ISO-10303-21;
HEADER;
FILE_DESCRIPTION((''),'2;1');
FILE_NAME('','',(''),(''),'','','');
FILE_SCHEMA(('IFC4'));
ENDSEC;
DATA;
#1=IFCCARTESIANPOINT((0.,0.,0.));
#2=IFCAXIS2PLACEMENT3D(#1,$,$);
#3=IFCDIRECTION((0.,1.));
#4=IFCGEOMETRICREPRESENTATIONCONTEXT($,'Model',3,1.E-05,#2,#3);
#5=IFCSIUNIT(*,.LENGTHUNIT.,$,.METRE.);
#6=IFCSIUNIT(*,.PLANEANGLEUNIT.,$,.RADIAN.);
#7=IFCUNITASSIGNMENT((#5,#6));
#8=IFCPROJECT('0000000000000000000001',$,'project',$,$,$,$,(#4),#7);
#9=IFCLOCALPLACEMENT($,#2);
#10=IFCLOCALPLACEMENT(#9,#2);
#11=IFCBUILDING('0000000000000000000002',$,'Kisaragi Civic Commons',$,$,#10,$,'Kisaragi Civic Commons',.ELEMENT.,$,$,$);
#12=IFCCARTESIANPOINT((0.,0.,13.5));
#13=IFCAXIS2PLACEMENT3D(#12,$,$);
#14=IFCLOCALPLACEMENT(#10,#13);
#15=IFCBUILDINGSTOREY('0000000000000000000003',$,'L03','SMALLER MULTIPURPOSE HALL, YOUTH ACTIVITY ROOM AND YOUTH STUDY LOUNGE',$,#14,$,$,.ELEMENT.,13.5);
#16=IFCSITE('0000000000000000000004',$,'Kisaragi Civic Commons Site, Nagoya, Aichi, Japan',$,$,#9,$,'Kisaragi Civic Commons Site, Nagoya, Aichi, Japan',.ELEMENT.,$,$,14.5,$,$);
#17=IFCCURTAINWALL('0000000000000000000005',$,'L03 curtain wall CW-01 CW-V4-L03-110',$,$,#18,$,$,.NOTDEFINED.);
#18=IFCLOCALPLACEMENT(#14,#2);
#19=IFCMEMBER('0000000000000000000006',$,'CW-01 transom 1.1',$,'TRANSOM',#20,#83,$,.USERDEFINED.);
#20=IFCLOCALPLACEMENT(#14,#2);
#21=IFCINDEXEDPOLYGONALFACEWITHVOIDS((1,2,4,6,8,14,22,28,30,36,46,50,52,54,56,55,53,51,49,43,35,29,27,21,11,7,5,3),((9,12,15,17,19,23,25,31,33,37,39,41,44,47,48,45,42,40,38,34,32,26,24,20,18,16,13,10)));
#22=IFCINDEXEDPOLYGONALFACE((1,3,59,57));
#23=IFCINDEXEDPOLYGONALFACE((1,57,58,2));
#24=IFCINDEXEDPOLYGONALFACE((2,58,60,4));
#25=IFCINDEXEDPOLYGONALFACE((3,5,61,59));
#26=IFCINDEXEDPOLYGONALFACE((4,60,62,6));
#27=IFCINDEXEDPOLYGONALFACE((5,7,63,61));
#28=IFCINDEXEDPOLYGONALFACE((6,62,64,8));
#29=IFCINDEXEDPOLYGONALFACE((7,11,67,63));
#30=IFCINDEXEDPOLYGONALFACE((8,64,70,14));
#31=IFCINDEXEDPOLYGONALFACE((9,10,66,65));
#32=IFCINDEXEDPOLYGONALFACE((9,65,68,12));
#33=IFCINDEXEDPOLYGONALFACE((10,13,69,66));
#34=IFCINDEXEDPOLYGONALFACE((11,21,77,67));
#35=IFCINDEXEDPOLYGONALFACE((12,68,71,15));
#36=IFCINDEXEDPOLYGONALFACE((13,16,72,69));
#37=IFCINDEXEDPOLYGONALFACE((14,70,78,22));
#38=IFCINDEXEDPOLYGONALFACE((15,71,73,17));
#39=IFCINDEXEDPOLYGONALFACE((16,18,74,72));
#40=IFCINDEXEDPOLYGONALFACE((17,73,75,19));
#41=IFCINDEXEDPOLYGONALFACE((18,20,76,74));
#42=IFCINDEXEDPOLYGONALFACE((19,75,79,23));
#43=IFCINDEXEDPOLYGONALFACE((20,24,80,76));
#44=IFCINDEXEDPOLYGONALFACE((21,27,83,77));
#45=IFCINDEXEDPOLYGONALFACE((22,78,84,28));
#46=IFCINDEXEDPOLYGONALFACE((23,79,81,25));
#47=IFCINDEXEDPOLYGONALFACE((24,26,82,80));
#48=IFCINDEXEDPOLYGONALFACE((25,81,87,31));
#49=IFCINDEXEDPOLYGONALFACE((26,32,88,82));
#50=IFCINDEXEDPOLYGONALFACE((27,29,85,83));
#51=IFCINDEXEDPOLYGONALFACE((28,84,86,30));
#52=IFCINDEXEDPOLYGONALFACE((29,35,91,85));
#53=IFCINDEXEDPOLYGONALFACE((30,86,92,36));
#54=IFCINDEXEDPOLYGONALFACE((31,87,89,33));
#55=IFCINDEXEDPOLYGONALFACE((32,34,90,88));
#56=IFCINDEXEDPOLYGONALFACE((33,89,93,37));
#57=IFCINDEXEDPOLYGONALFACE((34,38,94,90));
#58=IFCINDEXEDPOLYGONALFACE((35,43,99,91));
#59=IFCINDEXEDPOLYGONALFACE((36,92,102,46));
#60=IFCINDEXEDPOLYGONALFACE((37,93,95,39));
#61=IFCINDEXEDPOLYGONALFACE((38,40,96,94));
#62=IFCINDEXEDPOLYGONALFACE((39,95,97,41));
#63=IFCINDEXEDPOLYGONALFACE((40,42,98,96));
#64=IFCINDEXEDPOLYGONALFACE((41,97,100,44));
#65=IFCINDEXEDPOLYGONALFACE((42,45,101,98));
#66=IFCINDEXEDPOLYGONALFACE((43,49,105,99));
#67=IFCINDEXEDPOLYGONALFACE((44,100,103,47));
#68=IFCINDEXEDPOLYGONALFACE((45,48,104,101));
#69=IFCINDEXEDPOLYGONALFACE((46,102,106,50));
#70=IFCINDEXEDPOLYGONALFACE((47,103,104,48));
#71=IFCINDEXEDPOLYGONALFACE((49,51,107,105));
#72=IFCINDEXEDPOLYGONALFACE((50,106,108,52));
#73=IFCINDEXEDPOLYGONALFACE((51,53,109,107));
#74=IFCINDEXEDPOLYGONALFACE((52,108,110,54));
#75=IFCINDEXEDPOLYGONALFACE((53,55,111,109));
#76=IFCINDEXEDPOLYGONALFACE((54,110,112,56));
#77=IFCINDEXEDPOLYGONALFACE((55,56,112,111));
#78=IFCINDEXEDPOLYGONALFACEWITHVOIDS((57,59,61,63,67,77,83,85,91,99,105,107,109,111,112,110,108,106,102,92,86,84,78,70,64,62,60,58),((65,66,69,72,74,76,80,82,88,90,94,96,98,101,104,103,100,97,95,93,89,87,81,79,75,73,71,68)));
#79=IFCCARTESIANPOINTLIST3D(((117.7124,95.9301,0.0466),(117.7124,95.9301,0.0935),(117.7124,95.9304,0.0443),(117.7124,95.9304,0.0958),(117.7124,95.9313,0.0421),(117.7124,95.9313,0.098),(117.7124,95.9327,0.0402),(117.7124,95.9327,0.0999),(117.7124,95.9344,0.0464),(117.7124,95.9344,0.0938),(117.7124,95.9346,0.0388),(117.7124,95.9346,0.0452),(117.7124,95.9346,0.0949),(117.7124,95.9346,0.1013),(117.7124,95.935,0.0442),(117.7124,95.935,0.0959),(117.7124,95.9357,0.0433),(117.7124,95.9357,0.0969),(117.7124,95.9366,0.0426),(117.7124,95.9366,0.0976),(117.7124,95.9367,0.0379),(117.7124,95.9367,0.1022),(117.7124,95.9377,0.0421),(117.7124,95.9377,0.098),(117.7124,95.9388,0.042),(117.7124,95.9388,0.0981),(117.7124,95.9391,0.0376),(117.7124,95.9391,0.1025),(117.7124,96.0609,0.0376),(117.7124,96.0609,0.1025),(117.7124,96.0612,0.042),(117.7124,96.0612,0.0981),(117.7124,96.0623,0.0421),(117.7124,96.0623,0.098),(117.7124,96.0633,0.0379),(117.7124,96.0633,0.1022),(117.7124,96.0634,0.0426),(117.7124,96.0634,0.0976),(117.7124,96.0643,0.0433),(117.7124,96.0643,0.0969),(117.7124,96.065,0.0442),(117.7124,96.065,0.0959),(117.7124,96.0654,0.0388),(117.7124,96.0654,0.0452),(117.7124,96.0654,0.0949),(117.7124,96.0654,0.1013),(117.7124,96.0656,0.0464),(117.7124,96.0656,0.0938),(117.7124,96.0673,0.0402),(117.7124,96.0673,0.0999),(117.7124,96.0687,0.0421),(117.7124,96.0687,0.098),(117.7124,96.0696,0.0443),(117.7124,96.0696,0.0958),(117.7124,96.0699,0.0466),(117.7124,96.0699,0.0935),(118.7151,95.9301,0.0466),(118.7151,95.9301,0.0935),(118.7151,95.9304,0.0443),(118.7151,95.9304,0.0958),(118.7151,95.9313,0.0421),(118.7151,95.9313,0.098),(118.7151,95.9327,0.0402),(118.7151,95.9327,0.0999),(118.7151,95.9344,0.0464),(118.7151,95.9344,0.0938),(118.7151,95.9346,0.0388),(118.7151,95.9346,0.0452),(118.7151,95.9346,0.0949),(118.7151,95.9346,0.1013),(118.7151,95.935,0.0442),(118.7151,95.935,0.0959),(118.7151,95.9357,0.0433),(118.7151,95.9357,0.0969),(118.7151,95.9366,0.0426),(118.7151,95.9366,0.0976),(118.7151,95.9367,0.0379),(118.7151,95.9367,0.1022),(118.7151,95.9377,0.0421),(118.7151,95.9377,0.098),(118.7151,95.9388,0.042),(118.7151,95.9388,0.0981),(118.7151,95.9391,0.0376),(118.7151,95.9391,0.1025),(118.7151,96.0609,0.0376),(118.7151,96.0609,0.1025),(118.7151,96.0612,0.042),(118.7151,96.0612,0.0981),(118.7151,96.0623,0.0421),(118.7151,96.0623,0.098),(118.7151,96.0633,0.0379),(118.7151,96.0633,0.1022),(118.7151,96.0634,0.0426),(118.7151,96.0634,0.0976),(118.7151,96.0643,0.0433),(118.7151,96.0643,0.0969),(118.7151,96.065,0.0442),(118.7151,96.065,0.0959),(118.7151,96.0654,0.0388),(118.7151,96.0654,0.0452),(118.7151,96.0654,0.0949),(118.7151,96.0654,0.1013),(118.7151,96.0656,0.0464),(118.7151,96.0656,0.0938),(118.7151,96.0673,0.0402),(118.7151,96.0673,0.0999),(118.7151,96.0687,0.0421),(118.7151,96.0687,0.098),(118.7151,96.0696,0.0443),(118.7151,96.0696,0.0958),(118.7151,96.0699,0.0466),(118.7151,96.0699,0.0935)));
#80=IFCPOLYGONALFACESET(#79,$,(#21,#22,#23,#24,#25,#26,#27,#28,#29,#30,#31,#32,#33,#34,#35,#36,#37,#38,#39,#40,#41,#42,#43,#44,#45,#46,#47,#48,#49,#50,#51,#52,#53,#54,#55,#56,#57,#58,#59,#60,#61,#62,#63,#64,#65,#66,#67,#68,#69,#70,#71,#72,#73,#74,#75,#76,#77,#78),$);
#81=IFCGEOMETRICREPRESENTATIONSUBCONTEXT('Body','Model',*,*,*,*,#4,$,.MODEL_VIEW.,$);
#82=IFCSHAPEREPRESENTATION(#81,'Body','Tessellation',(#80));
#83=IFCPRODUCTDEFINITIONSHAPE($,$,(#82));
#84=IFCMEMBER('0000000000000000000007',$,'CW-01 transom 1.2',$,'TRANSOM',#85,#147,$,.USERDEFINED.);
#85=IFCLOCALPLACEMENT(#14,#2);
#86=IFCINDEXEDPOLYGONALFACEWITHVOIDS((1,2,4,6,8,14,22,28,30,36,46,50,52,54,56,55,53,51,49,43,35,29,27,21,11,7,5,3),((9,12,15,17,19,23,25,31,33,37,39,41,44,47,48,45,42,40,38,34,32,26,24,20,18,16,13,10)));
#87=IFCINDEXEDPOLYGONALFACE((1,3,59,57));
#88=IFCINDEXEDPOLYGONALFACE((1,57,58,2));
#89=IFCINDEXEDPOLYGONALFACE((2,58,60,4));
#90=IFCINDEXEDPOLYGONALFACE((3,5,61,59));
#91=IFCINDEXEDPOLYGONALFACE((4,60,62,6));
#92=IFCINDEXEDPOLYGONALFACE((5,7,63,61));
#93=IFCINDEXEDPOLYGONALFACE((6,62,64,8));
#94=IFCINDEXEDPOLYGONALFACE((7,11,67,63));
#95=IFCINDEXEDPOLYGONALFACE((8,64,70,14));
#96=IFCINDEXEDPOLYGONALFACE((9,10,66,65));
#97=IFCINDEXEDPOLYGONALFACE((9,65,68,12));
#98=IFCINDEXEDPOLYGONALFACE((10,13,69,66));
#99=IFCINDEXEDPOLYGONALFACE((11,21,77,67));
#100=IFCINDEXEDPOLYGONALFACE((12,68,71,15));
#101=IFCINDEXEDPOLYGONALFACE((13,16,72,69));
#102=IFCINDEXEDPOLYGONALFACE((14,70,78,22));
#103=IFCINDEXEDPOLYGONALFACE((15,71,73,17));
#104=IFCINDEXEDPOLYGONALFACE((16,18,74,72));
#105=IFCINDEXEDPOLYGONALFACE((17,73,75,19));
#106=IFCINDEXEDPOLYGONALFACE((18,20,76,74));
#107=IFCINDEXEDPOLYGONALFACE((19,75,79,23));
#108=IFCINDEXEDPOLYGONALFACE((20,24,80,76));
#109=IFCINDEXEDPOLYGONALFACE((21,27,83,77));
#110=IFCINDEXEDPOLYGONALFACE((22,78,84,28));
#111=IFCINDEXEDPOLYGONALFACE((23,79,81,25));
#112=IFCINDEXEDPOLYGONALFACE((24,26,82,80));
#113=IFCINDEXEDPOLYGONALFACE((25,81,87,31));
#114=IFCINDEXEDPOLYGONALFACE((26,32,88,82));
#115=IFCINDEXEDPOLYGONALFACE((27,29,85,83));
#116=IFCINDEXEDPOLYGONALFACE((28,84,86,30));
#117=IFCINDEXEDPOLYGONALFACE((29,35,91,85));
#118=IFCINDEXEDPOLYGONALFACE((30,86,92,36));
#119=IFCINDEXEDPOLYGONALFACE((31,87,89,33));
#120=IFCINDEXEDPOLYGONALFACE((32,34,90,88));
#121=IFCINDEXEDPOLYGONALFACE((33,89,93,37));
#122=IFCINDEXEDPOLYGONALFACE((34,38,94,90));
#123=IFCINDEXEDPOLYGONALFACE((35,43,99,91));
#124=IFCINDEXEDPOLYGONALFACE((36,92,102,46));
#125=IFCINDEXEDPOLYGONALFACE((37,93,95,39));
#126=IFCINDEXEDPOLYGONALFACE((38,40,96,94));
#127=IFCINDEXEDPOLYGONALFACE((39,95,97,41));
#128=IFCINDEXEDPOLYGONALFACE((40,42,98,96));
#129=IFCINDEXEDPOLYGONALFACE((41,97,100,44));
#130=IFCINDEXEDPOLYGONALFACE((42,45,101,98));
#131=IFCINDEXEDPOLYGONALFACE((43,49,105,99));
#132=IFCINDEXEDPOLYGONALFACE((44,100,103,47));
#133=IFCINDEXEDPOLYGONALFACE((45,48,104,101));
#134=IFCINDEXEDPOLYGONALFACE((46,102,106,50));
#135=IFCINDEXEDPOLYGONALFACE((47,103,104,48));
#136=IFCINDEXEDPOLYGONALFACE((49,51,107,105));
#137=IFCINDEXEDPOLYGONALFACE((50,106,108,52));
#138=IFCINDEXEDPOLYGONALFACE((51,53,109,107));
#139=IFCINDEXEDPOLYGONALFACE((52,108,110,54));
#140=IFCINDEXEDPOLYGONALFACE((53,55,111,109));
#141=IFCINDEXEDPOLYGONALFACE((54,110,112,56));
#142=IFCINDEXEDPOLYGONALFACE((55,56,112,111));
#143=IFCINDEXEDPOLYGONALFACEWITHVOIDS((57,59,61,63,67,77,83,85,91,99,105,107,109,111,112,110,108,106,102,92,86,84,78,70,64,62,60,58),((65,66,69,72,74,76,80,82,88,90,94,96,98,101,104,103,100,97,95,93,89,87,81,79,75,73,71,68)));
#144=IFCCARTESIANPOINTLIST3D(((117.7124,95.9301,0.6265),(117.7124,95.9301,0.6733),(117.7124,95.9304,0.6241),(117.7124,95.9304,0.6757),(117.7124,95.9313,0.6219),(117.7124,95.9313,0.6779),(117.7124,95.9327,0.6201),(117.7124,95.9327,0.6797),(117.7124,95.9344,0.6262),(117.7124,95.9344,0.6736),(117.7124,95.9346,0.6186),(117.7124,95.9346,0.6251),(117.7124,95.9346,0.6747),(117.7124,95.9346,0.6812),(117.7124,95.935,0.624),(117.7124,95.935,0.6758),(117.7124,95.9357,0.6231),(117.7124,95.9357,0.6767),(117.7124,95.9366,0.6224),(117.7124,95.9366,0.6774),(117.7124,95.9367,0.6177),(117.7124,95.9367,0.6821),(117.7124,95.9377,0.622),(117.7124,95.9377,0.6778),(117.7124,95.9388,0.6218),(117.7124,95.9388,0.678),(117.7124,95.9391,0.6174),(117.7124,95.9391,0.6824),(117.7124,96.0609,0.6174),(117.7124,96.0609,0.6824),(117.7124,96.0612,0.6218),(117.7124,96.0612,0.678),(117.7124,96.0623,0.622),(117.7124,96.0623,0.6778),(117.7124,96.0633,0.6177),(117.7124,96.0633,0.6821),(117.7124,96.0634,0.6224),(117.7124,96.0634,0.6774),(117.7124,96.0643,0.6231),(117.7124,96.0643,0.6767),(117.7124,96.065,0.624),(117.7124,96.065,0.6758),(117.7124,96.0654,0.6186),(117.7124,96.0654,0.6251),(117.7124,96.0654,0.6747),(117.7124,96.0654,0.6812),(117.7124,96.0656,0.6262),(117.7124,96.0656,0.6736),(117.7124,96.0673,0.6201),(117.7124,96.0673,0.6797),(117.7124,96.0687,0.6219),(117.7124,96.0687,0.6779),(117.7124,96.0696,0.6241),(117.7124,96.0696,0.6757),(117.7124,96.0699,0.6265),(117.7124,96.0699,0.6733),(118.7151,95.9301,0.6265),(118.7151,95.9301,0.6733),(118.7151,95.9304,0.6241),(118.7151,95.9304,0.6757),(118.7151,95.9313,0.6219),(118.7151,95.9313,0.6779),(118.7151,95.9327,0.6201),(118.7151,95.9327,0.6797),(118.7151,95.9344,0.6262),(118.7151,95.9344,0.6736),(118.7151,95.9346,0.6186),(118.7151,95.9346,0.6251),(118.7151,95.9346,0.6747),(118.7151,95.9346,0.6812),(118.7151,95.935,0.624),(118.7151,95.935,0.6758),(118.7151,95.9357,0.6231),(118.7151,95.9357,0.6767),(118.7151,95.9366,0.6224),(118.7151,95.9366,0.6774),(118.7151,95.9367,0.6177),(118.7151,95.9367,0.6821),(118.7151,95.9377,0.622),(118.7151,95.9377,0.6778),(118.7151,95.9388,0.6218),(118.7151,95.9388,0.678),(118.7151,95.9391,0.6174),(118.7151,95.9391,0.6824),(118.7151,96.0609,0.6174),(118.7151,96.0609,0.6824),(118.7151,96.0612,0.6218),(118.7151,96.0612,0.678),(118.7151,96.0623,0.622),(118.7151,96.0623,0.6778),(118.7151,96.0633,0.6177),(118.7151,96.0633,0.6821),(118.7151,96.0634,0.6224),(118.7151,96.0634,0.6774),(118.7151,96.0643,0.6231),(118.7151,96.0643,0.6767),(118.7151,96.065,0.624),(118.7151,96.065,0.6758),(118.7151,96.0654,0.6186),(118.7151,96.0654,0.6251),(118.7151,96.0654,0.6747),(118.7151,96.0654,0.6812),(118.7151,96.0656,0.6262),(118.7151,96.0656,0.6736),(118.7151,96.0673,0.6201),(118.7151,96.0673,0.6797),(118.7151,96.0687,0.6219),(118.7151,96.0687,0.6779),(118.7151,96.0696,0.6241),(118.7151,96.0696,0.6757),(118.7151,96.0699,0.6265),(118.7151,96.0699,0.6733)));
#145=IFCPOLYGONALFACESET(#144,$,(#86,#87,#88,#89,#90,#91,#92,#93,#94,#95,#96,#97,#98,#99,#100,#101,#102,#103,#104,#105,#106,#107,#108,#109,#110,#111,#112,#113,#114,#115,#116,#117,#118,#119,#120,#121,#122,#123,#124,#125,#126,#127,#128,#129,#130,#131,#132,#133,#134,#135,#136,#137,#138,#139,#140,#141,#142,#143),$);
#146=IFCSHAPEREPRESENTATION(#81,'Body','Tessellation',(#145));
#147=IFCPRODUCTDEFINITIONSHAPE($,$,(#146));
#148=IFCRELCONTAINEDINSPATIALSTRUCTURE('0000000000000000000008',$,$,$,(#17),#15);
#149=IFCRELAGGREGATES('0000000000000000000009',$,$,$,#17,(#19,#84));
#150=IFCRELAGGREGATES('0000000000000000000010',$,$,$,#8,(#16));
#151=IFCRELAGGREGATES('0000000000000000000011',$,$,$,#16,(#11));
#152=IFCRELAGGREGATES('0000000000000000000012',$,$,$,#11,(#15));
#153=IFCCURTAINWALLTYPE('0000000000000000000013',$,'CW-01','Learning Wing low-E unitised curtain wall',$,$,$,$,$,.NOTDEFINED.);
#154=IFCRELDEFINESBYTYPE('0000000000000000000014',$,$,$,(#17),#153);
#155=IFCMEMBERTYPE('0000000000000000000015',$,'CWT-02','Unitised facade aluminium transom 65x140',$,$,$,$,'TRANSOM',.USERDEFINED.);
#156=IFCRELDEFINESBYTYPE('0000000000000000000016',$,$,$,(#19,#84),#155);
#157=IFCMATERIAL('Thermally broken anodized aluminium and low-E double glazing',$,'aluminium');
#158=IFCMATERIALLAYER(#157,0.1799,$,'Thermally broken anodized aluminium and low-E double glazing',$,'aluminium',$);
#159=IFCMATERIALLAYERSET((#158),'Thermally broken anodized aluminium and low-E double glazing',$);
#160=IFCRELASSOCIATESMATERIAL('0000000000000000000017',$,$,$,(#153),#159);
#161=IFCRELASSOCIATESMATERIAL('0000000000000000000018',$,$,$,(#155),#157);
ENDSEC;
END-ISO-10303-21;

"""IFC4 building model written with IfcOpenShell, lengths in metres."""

from ifc_helpers import new_model, si_unit, direction, frame, origin, origin_2d, place, context, subcontext, project, spatial, hollow_rectangle, extrude, material, layer, layer_set, material_profile, profile_set, type_object, element, aggregate, save


model = new_model("IFC4")

# Units and contexts
model_context = context("Model", 3, precision=1e-05, world=origin(), true_north=direction((0.0, 1.0)))
body_context = subcontext(model_context, "Body", "Model", "MODEL_VIEW")
ifc_project = project(units=[si_unit("LENGTHUNIT", "METRE"), si_unit("PLANEANGLEUNIT", "RADIAN")], contexts=[model_context])

# Site, building, storey
site_placement = place(None, origin())
site = spatial("IfcSite", under=ifc_project, at=site_placement, Name="Kisaragi Civic Commons Site, Nagoya, Aichi, Japan", LongName="Kisaragi Civic Commons Site, Nagoya, Aichi, Japan", CompositionType="ELEMENT", RefElevation=14.5)
building_placement = place(site_placement, origin())
building = spatial("IfcBuilding", under=site, at=building_placement, Name="Kisaragi Civic Commons", LongName="Kisaragi Civic Commons", CompositionType="ELEMENT")
storey_placement = place(building_placement, frame((0.0, 0.0, 13.5)))
storey = spatial("IfcBuildingStorey", under=building, at=storey_placement, Name="L03", Description="SMALLER MULTIPURPOSE HALL, YOUTH ACTIVITY ROOM AND YOUTH STUDY LOUNGE", CompositionType="ELEMENT", Elevation=13.5)

# Curtain wall
ifc_material = material(Name="Thermally broken anodized aluminium and low-E double glazing", Category="aluminium")
ifc_layer_1 = layer(ifc_material, 0.1799, Name="Thermally broken anodized aluminium and low-E double glazing", Category="aluminium")
ifc_layer_set_1 = layer_set([ifc_layer_1], Name="Thermally broken anodized aluminium and low-E double glazing")
curtain_wall_type = type_object("IfcCurtainWallType", Name="CW-01", Description="Learning Wing low-E unitised curtain wall", PredefinedType="NOTDEFINED", material=ifc_layer_set_1)
curtain_wall_1_placement = place(storey_placement, origin())
curtain_wall_1 = element("IfcCurtainWall", 1, at=curtain_wall_1_placement, inside=storey, type_object=curtain_wall_type, Name="L03 curtain wall CW-01 CW-V4-L03-110", PredefinedType="NOTDEFINED")

# Members
ifc_material_profile_1 = material_profile(ifc_material, hollow_rectangle(XDim=0.1399, YDim=0.0649, WallThickness=0.0044, InnerFilletRadius=0.0044, OuterFilletRadius=0.009, at=origin_2d()), Name="CWT-65x140x4.5", Category="aluminium")
ifc_profile_set_1 = profile_set([ifc_material_profile_1], Name="Thermally broken anodized aluminium and low-E double glazing")
member_type_1 = type_object("IfcMemberType", Name="CWT-02", Description="Unitised facade aluminium transom 65x140", ElementType="TRANSOM", PredefinedType="USERDEFINED", material=ifc_profile_set_1)
member_1_placement = place(storey_placement, frame((118.7151, 96.0, 0.0701), z_axis=(-1.0, 0.0, 0.0), x_axis=(0.0, -1.0, 0.0)))
member_1 = element("IfcMember", 2, at=member_1_placement, type_object=member_type_1, Name="CW-01 transom 1.1", ObjectType="TRANSOM", PredefinedType="USERDEFINED", context=body_context, shape_type="SweptSolid", body=[
    extrude(hollow_rectangle(XDim=0.1399, YDim=0.0649, WallThickness=0.0044, InnerFilletRadius=0.0044, OuterFilletRadius=0.009, at=origin_2d()), origin(), (0.0, 0.0, 1.0), 1.0027),
])
member_2_placement = place(storey_placement, frame((118.7151, 96.0, 0.6499), z_axis=(-1.0, 0.0, 0.0), x_axis=(0.0, -1.0, 0.0)))
member_2 = element("IfcMember", 3, at=member_2_placement, type_object=member_type_1, Name="CW-01 transom 1.2", ObjectType="TRANSOM", PredefinedType="USERDEFINED", context=body_context, shape_type="SweptSolid", body=[
    extrude(hollow_rectangle(XDim=0.1399, YDim=0.0649, WallThickness=0.0044, InnerFilletRadius=0.0044, OuterFilletRadius=0.009, at=origin_2d()), origin(), (0.0, 0.0, 1.0), 1.0027),
])

aggregate(curtain_wall_1, [member_1, member_2])

save(model, "model.ifc")
